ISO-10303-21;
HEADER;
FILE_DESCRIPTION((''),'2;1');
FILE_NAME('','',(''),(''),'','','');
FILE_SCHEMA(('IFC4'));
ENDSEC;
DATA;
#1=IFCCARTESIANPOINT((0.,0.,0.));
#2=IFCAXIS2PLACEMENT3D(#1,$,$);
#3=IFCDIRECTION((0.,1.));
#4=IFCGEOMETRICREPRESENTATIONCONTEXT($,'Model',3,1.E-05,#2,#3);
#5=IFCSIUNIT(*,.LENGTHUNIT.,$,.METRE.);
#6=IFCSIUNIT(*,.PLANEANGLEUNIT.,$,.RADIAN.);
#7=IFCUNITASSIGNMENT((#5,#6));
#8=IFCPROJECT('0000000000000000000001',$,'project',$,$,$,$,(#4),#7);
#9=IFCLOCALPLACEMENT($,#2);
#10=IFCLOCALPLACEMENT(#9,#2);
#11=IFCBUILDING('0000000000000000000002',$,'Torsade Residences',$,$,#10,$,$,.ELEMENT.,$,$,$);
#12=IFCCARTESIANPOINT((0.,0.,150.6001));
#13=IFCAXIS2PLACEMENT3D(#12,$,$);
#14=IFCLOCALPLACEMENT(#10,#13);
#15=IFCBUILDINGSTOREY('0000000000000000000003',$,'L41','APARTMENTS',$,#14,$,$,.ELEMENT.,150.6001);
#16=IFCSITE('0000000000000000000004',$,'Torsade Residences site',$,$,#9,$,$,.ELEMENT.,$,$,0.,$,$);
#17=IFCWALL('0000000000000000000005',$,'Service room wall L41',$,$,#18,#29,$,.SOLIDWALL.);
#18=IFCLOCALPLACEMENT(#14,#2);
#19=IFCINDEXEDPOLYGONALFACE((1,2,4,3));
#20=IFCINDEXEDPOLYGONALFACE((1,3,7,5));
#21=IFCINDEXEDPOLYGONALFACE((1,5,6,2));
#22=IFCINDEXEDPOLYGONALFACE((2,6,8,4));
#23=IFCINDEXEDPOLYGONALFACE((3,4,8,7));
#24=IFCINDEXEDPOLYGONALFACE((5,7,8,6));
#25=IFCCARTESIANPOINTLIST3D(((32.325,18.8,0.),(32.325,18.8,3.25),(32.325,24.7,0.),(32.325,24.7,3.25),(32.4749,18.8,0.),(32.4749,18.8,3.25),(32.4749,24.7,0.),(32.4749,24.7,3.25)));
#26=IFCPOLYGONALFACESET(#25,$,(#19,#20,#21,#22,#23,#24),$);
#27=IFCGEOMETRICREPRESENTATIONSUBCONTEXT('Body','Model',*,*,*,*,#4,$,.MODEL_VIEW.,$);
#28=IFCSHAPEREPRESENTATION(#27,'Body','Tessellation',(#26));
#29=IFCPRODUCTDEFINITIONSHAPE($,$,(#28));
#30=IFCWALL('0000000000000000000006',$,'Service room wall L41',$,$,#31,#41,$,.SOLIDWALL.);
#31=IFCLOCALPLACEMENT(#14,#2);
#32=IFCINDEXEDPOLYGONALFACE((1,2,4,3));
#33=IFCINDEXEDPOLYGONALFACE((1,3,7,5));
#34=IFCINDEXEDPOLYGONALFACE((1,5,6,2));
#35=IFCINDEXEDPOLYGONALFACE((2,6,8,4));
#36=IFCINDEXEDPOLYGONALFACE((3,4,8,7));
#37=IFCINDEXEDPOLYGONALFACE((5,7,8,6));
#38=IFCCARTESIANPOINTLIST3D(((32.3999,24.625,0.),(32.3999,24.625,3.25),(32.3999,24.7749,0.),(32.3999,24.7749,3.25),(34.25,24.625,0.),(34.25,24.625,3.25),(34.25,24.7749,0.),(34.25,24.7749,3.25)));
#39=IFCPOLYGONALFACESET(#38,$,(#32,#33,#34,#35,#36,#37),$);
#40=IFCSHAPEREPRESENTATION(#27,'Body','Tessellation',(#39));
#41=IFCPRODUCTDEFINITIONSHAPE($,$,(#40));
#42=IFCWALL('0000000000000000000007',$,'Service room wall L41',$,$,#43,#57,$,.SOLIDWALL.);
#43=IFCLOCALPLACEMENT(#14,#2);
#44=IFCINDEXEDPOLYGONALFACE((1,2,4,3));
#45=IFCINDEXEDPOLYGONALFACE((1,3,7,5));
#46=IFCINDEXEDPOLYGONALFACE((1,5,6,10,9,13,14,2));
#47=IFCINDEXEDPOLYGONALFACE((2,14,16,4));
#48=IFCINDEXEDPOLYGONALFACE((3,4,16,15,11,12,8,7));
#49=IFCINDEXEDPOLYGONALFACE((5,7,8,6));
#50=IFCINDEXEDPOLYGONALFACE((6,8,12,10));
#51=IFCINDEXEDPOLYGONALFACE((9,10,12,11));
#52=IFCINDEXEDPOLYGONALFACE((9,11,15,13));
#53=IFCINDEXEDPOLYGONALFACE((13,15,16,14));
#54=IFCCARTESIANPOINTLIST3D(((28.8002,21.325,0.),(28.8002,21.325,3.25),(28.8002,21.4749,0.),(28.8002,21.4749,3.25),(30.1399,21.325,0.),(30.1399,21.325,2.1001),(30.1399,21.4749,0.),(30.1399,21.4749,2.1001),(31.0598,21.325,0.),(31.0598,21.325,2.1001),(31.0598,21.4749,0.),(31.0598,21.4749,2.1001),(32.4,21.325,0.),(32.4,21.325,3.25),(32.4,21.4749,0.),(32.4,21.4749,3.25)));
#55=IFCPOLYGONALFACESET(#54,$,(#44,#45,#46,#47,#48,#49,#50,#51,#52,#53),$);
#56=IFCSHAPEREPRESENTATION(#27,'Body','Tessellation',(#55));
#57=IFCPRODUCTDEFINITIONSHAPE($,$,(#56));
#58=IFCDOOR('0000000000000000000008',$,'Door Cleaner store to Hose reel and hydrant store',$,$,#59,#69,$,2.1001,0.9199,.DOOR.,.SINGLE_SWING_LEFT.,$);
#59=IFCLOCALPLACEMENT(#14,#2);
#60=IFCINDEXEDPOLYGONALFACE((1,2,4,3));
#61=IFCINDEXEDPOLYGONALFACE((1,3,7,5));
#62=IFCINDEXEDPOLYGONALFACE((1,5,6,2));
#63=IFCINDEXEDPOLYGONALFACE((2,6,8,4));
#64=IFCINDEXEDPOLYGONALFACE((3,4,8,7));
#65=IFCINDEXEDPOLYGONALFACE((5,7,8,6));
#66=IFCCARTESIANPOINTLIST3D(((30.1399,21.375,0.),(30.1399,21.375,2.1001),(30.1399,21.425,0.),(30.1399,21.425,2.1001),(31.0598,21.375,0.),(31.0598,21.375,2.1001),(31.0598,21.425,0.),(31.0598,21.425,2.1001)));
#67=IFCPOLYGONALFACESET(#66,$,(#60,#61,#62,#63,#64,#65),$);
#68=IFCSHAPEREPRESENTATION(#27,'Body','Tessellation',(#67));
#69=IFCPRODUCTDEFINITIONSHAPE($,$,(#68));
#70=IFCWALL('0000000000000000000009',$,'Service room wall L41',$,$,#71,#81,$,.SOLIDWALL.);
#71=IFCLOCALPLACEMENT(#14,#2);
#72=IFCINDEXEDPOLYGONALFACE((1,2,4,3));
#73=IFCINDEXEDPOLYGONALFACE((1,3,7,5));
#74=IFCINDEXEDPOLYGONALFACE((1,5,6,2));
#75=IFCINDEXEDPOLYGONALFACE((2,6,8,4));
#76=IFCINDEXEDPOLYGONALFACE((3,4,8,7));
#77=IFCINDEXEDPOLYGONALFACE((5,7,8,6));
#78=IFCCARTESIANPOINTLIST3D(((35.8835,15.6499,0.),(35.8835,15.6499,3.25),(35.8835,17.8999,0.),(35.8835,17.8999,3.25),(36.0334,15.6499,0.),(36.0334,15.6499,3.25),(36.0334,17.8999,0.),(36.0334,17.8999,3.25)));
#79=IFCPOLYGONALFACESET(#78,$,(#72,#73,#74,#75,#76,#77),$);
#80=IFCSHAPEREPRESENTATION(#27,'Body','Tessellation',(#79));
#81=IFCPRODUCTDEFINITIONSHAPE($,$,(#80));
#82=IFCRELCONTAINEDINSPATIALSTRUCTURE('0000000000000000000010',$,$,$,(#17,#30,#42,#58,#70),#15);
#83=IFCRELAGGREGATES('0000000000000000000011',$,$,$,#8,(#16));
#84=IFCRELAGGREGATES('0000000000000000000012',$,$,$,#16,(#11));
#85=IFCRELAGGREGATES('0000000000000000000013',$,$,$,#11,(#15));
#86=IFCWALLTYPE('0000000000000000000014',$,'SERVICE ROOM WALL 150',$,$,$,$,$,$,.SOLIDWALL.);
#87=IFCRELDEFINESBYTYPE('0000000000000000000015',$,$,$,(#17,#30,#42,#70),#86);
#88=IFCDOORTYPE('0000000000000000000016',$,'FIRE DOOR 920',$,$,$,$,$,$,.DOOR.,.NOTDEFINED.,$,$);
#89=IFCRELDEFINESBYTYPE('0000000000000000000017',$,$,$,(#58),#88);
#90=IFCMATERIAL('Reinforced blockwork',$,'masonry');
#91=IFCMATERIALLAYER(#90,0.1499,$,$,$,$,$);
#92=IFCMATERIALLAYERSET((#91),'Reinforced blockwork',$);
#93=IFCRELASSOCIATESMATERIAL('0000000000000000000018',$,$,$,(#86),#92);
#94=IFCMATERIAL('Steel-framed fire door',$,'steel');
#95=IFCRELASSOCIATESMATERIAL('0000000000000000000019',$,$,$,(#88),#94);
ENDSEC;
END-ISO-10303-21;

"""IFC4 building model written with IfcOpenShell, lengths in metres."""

from ifc_helpers import new_model, si_unit, direction, frame, frame_2d, origin, place, context, subcontext, project, spatial, rectangle, extrude, material, layer, layer_set, type_object, element, fill, save


model = new_model("IFC4")

# Units and contexts
model_context = context("Model", 3, precision=1e-05, world=origin(), true_north=direction((0.0, 1.0)))
body_context = subcontext(model_context, "Body", "Model", "MODEL_VIEW")
ifc_project = project(units=[si_unit("LENGTHUNIT", "METRE"), si_unit("PLANEANGLEUNIT", "RADIAN")], contexts=[model_context])

# Site, building, storey
site_placement = place(None, origin())
site = spatial("IfcSite", under=ifc_project, at=site_placement, Name="Torsade Residences site", CompositionType="ELEMENT", RefElevation=0.0)
building_placement = place(site_placement, origin())
building = spatial("IfcBuilding", under=site, at=building_placement, Name="Torsade Residences", CompositionType="ELEMENT")
storey_placement = place(building_placement, frame((0.0, 0.0, 150.6001)))
storey = spatial("IfcBuildingStorey", under=building, at=storey_placement, Name="L41", Description="APARTMENTS", CompositionType="ELEMENT", Elevation=150.6001)

# Walls
ifc_material_1 = material(Name="Reinforced blockwork", Category="masonry")
ifc_layer_1 = layer(ifc_material_1, 0.1499)
ifc_layer_set_1 = layer_set([ifc_layer_1], Name="Reinforced blockwork")
wall_type_1 = type_object("IfcWallType", Name="SERVICE ROOM WALL 150", PredefinedType="SOLIDWALL", material=ifc_layer_set_1)
wall_1_placement = place(storey_placement, frame((32.3999, 18.8, 0.0), z_axis=(0.0, 0.0, 1.0), x_axis=(0.0, 1.0, 0.0)))
element("IfcWall", 1, at=wall_1_placement, inside=storey, type_object=wall_type_1, Name="Service room wall L41", PredefinedType="SOLIDWALL", context=body_context, shape_type="SweptSolid", body=[
    extrude(rectangle(XDim=5.8999, YDim=0.1499, at=frame_2d((2.95, 0.0))), origin(), (0.0, 0.0, 1.0), 3.25),
])
wall_2_placement = place(storey_placement, frame((32.3999, 24.7, 0.0), z_axis=(0.0, 0.0, 1.0), x_axis=(1.0, 0.0, 0.0)))
element("IfcWall", 2, at=wall_2_placement, inside=storey, type_object=wall_type_1, Name="Service room wall L41", PredefinedType="SOLIDWALL", context=body_context, shape_type="SweptSolid", body=[
    extrude(rectangle(XDim=1.8501, YDim=0.1499, at=frame_2d((0.925, 0.0))), origin(), (0.0, 0.0, 1.0), 3.25),
])

# Wall, opening, door
wall_3_placement = place(storey_placement, frame((32.3999, 21.3999, 0.0), z_axis=(0.0, 0.0, 1.0), x_axis=(-1.0, 0.0, 0.0)))
wall_3 = element("IfcWall", 3, at=wall_3_placement, inside=storey, type_object=wall_type_1, Name="Service room wall L41", PredefinedType="SOLIDWALL", context=body_context, shape_type="SweptSolid", body=[
    extrude(rectangle(XDim=3.5999, YDim=0.1499, at=frame_2d((1.7998, 0.0))), origin(), (0.0, 0.0, 1.0), 3.25),
])
opening_1_placement = place(wall_3_placement, frame((1.3401, 0.0, 0.0)))
opening_1 = element("IfcOpeningElement", 4, at=opening_1_placement, cuts=wall_3, PredefinedType="OPENING", context=body_context, shape_type="SweptSolid", body=[
    extrude(rectangle(XDim=0.9199, YDim=2.1001, at=frame_2d((0.46, 1.05))), frame((0.0, 0.085, 0.0), z_axis=(0.0, -1.0, 0.0), x_axis=(1.0, 0.0, 0.0)), (0.0, 0.0, 1.0), 0.1699),
])
ifc_material_2 = material(Name="Steel-framed fire door", Category="steel")
door_type_1 = type_object("IfcDoorType", Name="FIRE DOOR 920", OperationType="NOTDEFINED", PredefinedType="DOOR", material=ifc_material_2)
door_1_placement = place(opening_1_placement, origin())
door_1 = element("IfcDoor", 5, at=door_1_placement, inside=storey, type_object=door_type_1, Name="Door Cleaner store to Hose reel and hydrant store", OperationType="SINGLE_SWING_LEFT", OverallHeight=2.1001, OverallWidth=0.9199, PredefinedType="DOOR", context=body_context, shape_type="SweptSolid", body=[
    extrude(rectangle(XDim=0.9199, YDim=2.1001, at=frame_2d((0.46, 1.05))), frame((0.0, 0.0249, 0.0), z_axis=(0.0, -1.0, 0.0), x_axis=(1.0, 0.0, 0.0)), (0.0, 0.0, 1.0), 0.05),
])
fill(opening_1, door_1)

# Wall
wall_4_placement = place(storey_placement, frame((35.9585, 15.6499, 0.0), z_axis=(0.0, 0.0, 1.0), x_axis=(0.0, 1.0, 0.0)))
element("IfcWall", 6, at=wall_4_placement, inside=storey, type_object=wall_type_1, Name="Service room wall L41", PredefinedType="SOLIDWALL", context=body_context, shape_type="SweptSolid", body=[
    extrude(rectangle(XDim=2.25, YDim=0.1499, at=frame_2d((1.125, 0.0))), origin(), (0.0, 0.0, 1.0), 3.25),
])

save(model, "model.ifc")
